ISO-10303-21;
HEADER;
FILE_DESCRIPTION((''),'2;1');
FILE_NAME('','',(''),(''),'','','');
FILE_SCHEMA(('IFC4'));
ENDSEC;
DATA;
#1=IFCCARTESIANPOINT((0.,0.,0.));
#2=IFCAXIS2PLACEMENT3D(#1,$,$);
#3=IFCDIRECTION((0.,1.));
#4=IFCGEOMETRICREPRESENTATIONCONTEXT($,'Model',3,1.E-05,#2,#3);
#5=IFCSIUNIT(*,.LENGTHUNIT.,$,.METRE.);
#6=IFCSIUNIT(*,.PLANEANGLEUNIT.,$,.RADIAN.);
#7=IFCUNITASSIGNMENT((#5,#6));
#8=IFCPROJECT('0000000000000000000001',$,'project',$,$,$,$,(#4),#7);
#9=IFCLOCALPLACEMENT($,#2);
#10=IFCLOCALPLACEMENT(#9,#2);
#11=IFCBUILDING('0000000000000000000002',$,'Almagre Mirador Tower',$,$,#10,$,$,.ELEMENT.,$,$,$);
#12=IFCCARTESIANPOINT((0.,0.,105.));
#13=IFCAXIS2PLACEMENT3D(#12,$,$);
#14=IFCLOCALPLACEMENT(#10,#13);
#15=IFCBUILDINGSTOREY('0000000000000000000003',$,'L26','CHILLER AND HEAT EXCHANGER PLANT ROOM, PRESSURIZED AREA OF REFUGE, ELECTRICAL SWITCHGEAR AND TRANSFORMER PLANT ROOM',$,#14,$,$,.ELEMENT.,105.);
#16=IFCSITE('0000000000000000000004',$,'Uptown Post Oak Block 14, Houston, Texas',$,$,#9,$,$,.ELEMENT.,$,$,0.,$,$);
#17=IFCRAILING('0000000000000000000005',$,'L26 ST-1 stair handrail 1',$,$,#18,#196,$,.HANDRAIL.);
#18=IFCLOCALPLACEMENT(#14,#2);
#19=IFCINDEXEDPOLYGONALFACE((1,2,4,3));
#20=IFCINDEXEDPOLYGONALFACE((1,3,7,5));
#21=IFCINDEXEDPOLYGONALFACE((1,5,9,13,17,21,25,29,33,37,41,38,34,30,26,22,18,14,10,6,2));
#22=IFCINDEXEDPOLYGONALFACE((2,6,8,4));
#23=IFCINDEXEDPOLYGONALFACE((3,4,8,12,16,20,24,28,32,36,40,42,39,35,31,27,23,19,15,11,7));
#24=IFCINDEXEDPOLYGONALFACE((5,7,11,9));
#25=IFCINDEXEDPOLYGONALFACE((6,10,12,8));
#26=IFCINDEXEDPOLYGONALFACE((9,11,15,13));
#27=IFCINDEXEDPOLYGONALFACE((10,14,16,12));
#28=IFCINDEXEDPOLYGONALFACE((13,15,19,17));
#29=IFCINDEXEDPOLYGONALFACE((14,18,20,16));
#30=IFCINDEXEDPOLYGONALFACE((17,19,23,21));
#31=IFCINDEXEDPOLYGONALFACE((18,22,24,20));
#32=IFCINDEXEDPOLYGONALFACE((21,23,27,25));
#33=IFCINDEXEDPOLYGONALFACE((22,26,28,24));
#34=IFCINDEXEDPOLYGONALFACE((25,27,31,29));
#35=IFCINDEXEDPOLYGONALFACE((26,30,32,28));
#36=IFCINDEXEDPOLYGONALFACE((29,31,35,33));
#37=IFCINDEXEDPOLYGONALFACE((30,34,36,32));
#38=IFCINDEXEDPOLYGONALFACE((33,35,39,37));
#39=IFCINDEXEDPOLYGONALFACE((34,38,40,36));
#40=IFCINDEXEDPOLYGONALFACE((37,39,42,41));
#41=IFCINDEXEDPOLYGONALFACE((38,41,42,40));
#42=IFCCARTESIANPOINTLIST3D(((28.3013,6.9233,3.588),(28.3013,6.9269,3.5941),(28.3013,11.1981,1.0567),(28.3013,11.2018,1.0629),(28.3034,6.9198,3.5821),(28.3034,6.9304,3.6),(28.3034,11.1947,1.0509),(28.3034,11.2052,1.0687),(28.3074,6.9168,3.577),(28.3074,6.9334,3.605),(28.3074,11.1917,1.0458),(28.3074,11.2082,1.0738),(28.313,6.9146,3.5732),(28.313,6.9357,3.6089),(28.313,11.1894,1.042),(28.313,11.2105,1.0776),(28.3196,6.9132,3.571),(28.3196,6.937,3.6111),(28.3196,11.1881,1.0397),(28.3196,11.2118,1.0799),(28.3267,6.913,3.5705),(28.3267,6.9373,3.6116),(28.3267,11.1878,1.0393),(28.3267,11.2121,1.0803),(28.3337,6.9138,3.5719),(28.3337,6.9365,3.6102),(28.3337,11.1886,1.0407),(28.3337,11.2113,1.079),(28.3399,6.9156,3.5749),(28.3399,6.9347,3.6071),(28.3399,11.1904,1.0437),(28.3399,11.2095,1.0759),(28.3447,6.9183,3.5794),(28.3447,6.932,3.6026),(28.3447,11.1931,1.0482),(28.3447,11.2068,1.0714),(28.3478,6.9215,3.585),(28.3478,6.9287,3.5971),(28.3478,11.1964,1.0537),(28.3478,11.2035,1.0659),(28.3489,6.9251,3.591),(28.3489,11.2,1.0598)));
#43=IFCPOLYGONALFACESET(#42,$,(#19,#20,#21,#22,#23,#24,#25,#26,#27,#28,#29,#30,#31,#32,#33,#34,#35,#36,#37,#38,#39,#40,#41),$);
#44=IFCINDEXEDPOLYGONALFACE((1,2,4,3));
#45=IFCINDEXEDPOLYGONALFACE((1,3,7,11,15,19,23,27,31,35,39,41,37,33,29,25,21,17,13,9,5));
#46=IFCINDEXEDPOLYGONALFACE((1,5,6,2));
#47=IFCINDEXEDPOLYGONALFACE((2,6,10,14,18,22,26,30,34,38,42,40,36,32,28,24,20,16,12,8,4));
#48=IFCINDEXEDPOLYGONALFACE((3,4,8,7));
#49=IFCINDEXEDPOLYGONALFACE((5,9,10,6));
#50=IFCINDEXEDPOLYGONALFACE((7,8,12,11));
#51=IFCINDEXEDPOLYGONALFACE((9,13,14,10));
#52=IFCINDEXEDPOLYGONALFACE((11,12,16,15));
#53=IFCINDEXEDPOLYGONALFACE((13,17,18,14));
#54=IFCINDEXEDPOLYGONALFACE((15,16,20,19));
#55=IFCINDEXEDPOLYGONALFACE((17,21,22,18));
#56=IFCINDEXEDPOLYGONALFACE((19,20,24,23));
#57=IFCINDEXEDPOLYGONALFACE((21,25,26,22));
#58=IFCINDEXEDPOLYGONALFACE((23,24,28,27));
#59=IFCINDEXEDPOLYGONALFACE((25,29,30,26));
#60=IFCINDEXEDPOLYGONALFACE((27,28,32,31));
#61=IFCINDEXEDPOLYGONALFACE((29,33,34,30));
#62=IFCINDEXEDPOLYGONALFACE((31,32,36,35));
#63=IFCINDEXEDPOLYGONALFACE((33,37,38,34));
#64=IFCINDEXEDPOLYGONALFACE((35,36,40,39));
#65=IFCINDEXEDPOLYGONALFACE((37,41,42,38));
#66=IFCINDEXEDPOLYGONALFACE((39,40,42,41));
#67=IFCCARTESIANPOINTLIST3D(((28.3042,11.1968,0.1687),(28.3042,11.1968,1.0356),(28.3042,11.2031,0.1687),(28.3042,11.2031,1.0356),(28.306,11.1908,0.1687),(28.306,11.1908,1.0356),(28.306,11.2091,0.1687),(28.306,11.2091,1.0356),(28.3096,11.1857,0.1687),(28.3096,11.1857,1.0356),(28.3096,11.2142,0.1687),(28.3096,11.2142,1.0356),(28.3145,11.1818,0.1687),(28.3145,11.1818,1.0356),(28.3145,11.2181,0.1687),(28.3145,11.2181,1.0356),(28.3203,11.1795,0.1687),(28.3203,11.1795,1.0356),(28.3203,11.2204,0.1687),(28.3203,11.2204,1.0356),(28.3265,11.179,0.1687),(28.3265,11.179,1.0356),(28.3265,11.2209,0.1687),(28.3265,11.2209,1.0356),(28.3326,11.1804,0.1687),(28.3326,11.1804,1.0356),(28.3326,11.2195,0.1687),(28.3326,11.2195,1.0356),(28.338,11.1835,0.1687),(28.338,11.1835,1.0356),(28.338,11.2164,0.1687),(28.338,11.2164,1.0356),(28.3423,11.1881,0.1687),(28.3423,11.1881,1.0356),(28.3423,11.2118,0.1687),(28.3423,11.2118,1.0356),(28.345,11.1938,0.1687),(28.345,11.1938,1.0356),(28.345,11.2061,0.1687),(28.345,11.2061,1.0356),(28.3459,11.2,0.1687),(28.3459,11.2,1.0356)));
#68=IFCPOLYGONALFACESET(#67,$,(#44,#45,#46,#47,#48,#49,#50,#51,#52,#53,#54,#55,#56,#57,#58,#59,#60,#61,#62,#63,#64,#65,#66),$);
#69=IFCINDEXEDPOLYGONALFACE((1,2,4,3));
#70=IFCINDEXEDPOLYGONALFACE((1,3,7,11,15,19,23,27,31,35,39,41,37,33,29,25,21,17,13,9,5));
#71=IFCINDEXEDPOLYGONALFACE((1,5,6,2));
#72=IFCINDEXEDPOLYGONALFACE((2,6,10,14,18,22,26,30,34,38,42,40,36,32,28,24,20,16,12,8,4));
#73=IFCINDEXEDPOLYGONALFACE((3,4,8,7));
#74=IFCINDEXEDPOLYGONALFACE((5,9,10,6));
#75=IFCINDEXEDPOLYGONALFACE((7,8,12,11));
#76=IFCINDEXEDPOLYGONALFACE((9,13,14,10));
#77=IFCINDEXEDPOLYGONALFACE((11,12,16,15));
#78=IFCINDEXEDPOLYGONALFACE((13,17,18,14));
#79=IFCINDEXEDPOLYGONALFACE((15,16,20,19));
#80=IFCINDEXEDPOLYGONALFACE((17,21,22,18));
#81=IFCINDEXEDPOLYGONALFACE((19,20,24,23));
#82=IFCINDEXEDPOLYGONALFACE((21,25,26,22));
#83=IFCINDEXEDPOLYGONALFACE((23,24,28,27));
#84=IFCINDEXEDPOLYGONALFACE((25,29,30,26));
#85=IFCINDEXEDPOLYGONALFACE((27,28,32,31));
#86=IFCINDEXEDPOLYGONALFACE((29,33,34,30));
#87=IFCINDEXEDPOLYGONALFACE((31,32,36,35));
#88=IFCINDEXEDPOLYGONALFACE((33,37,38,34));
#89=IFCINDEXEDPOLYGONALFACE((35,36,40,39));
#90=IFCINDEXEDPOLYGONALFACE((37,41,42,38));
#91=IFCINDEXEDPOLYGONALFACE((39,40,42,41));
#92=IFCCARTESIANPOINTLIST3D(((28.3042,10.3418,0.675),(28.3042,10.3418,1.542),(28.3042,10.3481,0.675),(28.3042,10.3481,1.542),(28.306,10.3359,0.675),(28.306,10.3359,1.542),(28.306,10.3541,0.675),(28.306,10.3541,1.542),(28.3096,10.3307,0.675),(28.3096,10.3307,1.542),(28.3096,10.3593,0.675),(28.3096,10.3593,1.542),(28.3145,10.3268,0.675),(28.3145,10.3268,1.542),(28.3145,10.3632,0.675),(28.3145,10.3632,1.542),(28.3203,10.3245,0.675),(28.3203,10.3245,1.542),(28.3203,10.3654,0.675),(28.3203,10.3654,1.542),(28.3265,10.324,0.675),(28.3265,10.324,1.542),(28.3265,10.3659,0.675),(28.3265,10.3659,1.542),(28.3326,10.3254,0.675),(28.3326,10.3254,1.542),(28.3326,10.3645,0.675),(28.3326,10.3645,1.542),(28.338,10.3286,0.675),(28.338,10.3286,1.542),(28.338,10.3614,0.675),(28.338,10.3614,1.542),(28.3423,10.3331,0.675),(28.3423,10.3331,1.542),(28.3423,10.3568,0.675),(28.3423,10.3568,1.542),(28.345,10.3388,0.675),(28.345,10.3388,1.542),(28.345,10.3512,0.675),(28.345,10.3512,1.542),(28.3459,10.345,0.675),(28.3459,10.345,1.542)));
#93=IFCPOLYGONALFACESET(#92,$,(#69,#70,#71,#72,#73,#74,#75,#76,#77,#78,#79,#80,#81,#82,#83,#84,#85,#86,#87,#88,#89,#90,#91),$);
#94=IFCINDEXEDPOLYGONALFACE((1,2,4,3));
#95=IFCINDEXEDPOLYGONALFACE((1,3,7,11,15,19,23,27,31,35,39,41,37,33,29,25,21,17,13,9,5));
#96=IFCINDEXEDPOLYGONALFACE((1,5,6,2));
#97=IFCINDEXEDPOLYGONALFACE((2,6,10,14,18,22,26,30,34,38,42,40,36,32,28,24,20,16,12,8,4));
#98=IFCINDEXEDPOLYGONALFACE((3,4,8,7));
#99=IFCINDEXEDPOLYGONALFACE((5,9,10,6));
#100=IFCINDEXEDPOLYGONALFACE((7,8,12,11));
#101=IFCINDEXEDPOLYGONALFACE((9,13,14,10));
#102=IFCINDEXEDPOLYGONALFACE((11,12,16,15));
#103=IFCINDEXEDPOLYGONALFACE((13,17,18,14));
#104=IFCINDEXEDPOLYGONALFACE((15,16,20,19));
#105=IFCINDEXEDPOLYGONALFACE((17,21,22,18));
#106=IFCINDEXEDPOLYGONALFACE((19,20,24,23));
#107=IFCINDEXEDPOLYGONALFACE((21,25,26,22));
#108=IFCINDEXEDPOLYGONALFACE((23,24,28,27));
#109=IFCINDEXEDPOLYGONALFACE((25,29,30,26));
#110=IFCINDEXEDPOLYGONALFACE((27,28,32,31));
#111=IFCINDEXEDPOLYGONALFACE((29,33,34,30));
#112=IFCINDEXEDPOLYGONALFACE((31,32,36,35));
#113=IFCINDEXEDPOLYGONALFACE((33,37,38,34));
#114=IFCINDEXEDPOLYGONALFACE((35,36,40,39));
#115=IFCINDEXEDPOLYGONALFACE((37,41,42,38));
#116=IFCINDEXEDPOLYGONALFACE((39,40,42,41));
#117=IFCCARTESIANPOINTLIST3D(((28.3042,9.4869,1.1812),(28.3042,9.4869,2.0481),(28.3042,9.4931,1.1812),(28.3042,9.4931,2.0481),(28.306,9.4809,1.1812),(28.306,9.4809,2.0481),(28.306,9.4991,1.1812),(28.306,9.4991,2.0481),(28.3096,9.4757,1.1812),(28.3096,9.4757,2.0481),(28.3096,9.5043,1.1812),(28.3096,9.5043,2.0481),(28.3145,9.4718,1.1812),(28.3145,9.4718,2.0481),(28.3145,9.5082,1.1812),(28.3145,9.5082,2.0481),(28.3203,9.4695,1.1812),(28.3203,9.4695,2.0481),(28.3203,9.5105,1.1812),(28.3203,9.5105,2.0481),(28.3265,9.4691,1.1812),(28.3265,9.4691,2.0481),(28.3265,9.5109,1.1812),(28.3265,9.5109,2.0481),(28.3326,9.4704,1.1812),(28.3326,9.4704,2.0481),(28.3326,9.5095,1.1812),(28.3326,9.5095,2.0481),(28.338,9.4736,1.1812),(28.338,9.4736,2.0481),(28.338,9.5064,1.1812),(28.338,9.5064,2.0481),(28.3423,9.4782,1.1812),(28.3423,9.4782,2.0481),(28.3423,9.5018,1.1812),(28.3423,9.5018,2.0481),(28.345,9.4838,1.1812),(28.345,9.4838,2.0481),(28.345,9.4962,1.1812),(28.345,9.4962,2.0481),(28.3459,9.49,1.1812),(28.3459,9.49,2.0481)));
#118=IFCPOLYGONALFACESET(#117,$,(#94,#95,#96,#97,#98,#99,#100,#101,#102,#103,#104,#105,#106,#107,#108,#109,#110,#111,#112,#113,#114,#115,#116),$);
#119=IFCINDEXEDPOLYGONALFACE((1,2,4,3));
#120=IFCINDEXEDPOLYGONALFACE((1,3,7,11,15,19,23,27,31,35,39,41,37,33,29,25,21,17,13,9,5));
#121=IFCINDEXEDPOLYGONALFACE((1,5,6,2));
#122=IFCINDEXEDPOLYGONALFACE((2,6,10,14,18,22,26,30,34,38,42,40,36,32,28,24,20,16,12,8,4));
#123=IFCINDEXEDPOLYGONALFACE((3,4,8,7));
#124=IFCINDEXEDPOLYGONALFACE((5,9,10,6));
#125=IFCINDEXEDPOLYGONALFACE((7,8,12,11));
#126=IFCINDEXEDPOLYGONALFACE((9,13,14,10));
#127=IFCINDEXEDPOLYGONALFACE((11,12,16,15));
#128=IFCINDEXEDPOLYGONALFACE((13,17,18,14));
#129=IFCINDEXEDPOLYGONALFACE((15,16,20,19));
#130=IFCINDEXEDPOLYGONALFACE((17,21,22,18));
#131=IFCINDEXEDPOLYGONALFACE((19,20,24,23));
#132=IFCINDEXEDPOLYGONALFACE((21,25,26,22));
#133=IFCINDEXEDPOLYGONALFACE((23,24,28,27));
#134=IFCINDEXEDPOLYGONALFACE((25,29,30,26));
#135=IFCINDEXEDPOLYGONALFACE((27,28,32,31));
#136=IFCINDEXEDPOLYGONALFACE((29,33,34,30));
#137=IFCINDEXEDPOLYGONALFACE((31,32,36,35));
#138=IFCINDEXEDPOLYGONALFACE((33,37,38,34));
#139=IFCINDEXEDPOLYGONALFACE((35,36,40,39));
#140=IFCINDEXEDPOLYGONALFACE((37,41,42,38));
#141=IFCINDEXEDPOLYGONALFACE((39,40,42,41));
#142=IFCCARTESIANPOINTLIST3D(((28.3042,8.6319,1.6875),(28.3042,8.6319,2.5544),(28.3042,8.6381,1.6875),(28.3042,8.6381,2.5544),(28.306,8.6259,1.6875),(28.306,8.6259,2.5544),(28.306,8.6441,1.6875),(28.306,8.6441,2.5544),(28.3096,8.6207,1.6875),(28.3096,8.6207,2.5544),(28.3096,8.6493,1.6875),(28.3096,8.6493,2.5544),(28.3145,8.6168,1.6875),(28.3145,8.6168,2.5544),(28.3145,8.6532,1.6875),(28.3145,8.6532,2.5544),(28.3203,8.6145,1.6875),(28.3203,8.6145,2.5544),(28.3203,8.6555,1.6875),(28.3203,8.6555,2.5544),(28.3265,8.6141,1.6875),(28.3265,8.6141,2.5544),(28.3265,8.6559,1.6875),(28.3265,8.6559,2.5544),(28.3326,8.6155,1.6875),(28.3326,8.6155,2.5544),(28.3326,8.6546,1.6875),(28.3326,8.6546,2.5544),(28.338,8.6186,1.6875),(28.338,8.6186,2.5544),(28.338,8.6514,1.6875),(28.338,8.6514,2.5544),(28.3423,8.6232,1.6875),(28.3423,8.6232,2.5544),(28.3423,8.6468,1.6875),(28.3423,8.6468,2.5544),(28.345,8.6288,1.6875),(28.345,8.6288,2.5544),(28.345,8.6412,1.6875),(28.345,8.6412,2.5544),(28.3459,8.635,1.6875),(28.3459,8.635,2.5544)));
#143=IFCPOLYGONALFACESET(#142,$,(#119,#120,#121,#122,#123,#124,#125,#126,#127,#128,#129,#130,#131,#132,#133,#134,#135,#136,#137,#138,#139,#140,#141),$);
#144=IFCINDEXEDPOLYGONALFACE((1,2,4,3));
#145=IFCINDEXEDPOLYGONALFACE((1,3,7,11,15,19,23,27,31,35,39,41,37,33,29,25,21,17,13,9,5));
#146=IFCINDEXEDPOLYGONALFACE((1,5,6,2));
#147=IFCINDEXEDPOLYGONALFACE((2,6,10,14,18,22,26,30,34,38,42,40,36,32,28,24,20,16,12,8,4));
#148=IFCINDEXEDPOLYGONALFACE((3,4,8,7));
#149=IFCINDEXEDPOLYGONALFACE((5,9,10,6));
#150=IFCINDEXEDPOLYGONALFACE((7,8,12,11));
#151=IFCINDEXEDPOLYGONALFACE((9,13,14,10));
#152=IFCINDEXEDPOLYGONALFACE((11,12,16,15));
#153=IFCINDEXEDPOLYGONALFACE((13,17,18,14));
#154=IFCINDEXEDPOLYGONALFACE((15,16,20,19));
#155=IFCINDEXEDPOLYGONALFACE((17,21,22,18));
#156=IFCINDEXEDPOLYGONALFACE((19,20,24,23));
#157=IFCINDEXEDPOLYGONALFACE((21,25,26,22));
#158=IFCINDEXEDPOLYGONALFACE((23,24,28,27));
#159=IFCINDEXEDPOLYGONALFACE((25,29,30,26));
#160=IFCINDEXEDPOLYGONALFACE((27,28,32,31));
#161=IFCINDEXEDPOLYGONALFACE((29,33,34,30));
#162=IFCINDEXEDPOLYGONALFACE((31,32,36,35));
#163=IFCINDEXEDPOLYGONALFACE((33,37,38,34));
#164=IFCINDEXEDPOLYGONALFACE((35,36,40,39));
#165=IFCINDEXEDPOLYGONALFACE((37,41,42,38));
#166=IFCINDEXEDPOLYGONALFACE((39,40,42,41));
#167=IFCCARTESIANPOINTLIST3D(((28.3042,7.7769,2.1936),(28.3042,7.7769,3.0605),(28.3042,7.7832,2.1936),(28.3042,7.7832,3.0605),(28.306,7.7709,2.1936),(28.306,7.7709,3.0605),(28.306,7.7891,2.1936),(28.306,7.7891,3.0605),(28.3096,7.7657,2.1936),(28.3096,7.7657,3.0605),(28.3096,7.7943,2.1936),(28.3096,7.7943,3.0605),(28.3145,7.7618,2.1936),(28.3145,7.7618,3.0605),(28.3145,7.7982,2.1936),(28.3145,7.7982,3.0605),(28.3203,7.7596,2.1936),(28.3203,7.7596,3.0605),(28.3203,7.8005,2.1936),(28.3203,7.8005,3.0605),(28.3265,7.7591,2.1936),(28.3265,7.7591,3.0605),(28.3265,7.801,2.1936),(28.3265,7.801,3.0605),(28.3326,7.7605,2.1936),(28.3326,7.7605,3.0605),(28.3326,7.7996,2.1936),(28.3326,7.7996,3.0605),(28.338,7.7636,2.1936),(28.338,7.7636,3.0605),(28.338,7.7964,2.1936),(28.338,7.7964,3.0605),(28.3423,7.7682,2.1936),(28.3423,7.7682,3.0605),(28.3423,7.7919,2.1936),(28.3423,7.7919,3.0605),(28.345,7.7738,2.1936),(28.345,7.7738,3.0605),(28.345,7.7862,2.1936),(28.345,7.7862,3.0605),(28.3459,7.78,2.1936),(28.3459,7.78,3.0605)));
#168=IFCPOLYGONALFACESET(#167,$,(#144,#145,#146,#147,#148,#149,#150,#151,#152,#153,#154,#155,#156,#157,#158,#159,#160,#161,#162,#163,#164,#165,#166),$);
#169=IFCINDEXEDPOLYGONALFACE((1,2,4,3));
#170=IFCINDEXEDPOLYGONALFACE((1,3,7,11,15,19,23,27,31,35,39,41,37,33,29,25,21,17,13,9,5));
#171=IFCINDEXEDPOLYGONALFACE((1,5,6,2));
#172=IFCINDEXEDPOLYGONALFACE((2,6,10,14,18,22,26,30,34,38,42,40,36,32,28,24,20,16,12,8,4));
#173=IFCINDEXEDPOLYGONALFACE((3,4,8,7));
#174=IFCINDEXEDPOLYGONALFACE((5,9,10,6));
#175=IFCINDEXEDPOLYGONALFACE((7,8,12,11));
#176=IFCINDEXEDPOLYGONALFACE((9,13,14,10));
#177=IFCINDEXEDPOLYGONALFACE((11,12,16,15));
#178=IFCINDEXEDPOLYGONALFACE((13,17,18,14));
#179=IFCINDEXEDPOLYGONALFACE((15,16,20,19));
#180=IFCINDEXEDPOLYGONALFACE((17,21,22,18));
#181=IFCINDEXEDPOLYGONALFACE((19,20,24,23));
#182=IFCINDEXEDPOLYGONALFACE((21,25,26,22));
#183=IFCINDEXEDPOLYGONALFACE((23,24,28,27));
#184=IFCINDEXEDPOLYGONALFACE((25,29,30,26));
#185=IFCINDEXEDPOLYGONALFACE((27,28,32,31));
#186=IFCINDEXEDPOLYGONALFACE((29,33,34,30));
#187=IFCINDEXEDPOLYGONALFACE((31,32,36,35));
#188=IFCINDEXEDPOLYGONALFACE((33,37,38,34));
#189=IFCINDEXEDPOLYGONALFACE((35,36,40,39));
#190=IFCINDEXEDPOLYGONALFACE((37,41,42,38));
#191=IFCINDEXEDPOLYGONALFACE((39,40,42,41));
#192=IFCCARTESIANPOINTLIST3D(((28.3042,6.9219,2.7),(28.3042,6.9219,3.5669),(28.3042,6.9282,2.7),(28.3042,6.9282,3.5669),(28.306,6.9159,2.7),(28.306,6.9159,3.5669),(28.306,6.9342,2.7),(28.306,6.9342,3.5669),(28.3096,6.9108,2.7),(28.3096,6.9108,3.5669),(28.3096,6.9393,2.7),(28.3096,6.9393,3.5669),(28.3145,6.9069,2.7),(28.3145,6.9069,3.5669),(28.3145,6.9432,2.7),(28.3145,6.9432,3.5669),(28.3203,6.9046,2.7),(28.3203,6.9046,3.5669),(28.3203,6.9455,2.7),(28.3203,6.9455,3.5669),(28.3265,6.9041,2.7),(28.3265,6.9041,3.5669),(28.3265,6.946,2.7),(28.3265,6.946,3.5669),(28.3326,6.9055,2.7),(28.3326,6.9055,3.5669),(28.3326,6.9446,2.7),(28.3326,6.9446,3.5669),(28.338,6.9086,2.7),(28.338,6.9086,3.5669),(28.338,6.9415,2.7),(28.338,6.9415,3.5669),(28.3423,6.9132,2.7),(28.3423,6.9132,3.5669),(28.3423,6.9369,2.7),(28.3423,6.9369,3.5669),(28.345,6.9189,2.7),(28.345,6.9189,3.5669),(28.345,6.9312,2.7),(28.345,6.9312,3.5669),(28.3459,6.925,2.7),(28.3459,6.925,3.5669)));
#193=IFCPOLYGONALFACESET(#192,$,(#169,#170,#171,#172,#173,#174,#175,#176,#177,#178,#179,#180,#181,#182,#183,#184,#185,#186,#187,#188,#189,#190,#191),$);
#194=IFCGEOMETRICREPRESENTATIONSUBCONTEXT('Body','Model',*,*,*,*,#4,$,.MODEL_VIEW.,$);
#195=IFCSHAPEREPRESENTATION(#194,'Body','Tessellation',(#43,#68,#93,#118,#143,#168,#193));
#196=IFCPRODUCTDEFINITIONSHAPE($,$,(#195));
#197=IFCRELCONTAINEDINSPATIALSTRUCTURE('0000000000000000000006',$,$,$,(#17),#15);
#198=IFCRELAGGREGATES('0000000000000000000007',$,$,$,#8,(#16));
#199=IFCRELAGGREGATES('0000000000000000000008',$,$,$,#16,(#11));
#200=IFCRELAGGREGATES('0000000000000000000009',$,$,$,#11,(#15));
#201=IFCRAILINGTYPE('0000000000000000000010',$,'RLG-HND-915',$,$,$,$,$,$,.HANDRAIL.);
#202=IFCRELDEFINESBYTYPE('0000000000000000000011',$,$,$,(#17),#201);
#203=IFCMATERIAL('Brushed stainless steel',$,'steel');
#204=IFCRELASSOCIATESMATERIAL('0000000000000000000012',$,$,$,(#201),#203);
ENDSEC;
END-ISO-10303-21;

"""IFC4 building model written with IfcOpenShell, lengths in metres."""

from ifc_helpers import new_model, si_unit, direction, frame, origin, origin_2d, place, context, subcontext, project, spatial, circle, extrude, material, type_object, element, save


model = new_model("IFC4")

# Units and contexts
model_context = context("Model", 3, precision=1e-05, world=origin(), true_north=direction((0.0, 1.0)))
body_context = subcontext(model_context, "Body", "Model", "MODEL_VIEW")
ifc_project = project(units=[si_unit("LENGTHUNIT", "METRE"), si_unit("PLANEANGLEUNIT", "RADIAN")], contexts=[model_context])

# Site, building, storey
site_placement = place(None, origin())
site = spatial("IfcSite", under=ifc_project, at=site_placement, Name="Uptown Post Oak Block 14, Houston, Texas", CompositionType="ELEMENT", RefElevation=0.0)
building_placement = place(site_placement, origin())
building = spatial("IfcBuilding", under=site, at=building_placement, Name="Almagre Mirador Tower", CompositionType="ELEMENT")
storey_placement = place(building_placement, frame((0.0, 0.0, 105.0)))
storey = spatial("IfcBuildingStorey", under=building, at=storey_placement, Name="L26", Description="CHILLER AND HEAT EXCHANGER PLANT ROOM, PRESSURIZED AREA OF REFUGE, ELECTRICAL SWITCHGEAR AND TRANSFORMER PLANT ROOM", CompositionType="ELEMENT", Elevation=105.0)

# Railing
ifc_material_1 = material(Name="Brushed stainless steel", Category="steel")
railing_type_1 = type_object("IfcRailingType", Name="RLG-HND-915", PredefinedType="HANDRAIL", material=ifc_material_1)
railing_1_placement = place(storey_placement, frame((28.325, 11.2, 0.1687)))
element("IfcRailing", 1, at=railing_1_placement, inside=storey, type_object=railing_type_1, Name="L26 ST-1 stair handrail 1", PredefinedType="HANDRAIL", context=body_context, shape_type="SweptSolid", body=[
    extrude(circle(Radius=0.0239, at=origin_2d()), frame((0.0, 0.0, 0.8911), z_axis=(0.0, -0.86047, 0.509501), x_axis=(1.0, 0.0, 0.0)), (0.0, 0.0, 1.0), 4.968),
    extrude(circle(Radius=0.021, at=origin_2d()), origin(), (0.0, 0.0, 1.0), 0.8669),
    extrude(circle(Radius=0.021, at=origin_2d()), frame((0.0, -0.855, 0.5063)), (0.0, 0.0, 1.0), 0.8669),
    extrude(circle(Radius=0.021, at=origin_2d()), frame((0.0, -1.71, 1.0125)), (0.0, 0.0, 1.0), 0.8669),
    extrude(circle(Radius=0.021, at=origin_2d()), frame((0.0, -2.5649, 1.5188)), (0.0, 0.0, 1.0), 0.8669),
    extrude(circle(Radius=0.021, at=origin_2d()), frame((0.0, -3.4199, 2.0249)), (0.0, 0.0, 1.0), 0.8669),
    extrude(circle(Radius=0.021, at=origin_2d()), frame((0.0, -4.2749, 2.5312)), (0.0, 0.0, 1.0), 0.8669),
])

save(model, "model.ifc")
